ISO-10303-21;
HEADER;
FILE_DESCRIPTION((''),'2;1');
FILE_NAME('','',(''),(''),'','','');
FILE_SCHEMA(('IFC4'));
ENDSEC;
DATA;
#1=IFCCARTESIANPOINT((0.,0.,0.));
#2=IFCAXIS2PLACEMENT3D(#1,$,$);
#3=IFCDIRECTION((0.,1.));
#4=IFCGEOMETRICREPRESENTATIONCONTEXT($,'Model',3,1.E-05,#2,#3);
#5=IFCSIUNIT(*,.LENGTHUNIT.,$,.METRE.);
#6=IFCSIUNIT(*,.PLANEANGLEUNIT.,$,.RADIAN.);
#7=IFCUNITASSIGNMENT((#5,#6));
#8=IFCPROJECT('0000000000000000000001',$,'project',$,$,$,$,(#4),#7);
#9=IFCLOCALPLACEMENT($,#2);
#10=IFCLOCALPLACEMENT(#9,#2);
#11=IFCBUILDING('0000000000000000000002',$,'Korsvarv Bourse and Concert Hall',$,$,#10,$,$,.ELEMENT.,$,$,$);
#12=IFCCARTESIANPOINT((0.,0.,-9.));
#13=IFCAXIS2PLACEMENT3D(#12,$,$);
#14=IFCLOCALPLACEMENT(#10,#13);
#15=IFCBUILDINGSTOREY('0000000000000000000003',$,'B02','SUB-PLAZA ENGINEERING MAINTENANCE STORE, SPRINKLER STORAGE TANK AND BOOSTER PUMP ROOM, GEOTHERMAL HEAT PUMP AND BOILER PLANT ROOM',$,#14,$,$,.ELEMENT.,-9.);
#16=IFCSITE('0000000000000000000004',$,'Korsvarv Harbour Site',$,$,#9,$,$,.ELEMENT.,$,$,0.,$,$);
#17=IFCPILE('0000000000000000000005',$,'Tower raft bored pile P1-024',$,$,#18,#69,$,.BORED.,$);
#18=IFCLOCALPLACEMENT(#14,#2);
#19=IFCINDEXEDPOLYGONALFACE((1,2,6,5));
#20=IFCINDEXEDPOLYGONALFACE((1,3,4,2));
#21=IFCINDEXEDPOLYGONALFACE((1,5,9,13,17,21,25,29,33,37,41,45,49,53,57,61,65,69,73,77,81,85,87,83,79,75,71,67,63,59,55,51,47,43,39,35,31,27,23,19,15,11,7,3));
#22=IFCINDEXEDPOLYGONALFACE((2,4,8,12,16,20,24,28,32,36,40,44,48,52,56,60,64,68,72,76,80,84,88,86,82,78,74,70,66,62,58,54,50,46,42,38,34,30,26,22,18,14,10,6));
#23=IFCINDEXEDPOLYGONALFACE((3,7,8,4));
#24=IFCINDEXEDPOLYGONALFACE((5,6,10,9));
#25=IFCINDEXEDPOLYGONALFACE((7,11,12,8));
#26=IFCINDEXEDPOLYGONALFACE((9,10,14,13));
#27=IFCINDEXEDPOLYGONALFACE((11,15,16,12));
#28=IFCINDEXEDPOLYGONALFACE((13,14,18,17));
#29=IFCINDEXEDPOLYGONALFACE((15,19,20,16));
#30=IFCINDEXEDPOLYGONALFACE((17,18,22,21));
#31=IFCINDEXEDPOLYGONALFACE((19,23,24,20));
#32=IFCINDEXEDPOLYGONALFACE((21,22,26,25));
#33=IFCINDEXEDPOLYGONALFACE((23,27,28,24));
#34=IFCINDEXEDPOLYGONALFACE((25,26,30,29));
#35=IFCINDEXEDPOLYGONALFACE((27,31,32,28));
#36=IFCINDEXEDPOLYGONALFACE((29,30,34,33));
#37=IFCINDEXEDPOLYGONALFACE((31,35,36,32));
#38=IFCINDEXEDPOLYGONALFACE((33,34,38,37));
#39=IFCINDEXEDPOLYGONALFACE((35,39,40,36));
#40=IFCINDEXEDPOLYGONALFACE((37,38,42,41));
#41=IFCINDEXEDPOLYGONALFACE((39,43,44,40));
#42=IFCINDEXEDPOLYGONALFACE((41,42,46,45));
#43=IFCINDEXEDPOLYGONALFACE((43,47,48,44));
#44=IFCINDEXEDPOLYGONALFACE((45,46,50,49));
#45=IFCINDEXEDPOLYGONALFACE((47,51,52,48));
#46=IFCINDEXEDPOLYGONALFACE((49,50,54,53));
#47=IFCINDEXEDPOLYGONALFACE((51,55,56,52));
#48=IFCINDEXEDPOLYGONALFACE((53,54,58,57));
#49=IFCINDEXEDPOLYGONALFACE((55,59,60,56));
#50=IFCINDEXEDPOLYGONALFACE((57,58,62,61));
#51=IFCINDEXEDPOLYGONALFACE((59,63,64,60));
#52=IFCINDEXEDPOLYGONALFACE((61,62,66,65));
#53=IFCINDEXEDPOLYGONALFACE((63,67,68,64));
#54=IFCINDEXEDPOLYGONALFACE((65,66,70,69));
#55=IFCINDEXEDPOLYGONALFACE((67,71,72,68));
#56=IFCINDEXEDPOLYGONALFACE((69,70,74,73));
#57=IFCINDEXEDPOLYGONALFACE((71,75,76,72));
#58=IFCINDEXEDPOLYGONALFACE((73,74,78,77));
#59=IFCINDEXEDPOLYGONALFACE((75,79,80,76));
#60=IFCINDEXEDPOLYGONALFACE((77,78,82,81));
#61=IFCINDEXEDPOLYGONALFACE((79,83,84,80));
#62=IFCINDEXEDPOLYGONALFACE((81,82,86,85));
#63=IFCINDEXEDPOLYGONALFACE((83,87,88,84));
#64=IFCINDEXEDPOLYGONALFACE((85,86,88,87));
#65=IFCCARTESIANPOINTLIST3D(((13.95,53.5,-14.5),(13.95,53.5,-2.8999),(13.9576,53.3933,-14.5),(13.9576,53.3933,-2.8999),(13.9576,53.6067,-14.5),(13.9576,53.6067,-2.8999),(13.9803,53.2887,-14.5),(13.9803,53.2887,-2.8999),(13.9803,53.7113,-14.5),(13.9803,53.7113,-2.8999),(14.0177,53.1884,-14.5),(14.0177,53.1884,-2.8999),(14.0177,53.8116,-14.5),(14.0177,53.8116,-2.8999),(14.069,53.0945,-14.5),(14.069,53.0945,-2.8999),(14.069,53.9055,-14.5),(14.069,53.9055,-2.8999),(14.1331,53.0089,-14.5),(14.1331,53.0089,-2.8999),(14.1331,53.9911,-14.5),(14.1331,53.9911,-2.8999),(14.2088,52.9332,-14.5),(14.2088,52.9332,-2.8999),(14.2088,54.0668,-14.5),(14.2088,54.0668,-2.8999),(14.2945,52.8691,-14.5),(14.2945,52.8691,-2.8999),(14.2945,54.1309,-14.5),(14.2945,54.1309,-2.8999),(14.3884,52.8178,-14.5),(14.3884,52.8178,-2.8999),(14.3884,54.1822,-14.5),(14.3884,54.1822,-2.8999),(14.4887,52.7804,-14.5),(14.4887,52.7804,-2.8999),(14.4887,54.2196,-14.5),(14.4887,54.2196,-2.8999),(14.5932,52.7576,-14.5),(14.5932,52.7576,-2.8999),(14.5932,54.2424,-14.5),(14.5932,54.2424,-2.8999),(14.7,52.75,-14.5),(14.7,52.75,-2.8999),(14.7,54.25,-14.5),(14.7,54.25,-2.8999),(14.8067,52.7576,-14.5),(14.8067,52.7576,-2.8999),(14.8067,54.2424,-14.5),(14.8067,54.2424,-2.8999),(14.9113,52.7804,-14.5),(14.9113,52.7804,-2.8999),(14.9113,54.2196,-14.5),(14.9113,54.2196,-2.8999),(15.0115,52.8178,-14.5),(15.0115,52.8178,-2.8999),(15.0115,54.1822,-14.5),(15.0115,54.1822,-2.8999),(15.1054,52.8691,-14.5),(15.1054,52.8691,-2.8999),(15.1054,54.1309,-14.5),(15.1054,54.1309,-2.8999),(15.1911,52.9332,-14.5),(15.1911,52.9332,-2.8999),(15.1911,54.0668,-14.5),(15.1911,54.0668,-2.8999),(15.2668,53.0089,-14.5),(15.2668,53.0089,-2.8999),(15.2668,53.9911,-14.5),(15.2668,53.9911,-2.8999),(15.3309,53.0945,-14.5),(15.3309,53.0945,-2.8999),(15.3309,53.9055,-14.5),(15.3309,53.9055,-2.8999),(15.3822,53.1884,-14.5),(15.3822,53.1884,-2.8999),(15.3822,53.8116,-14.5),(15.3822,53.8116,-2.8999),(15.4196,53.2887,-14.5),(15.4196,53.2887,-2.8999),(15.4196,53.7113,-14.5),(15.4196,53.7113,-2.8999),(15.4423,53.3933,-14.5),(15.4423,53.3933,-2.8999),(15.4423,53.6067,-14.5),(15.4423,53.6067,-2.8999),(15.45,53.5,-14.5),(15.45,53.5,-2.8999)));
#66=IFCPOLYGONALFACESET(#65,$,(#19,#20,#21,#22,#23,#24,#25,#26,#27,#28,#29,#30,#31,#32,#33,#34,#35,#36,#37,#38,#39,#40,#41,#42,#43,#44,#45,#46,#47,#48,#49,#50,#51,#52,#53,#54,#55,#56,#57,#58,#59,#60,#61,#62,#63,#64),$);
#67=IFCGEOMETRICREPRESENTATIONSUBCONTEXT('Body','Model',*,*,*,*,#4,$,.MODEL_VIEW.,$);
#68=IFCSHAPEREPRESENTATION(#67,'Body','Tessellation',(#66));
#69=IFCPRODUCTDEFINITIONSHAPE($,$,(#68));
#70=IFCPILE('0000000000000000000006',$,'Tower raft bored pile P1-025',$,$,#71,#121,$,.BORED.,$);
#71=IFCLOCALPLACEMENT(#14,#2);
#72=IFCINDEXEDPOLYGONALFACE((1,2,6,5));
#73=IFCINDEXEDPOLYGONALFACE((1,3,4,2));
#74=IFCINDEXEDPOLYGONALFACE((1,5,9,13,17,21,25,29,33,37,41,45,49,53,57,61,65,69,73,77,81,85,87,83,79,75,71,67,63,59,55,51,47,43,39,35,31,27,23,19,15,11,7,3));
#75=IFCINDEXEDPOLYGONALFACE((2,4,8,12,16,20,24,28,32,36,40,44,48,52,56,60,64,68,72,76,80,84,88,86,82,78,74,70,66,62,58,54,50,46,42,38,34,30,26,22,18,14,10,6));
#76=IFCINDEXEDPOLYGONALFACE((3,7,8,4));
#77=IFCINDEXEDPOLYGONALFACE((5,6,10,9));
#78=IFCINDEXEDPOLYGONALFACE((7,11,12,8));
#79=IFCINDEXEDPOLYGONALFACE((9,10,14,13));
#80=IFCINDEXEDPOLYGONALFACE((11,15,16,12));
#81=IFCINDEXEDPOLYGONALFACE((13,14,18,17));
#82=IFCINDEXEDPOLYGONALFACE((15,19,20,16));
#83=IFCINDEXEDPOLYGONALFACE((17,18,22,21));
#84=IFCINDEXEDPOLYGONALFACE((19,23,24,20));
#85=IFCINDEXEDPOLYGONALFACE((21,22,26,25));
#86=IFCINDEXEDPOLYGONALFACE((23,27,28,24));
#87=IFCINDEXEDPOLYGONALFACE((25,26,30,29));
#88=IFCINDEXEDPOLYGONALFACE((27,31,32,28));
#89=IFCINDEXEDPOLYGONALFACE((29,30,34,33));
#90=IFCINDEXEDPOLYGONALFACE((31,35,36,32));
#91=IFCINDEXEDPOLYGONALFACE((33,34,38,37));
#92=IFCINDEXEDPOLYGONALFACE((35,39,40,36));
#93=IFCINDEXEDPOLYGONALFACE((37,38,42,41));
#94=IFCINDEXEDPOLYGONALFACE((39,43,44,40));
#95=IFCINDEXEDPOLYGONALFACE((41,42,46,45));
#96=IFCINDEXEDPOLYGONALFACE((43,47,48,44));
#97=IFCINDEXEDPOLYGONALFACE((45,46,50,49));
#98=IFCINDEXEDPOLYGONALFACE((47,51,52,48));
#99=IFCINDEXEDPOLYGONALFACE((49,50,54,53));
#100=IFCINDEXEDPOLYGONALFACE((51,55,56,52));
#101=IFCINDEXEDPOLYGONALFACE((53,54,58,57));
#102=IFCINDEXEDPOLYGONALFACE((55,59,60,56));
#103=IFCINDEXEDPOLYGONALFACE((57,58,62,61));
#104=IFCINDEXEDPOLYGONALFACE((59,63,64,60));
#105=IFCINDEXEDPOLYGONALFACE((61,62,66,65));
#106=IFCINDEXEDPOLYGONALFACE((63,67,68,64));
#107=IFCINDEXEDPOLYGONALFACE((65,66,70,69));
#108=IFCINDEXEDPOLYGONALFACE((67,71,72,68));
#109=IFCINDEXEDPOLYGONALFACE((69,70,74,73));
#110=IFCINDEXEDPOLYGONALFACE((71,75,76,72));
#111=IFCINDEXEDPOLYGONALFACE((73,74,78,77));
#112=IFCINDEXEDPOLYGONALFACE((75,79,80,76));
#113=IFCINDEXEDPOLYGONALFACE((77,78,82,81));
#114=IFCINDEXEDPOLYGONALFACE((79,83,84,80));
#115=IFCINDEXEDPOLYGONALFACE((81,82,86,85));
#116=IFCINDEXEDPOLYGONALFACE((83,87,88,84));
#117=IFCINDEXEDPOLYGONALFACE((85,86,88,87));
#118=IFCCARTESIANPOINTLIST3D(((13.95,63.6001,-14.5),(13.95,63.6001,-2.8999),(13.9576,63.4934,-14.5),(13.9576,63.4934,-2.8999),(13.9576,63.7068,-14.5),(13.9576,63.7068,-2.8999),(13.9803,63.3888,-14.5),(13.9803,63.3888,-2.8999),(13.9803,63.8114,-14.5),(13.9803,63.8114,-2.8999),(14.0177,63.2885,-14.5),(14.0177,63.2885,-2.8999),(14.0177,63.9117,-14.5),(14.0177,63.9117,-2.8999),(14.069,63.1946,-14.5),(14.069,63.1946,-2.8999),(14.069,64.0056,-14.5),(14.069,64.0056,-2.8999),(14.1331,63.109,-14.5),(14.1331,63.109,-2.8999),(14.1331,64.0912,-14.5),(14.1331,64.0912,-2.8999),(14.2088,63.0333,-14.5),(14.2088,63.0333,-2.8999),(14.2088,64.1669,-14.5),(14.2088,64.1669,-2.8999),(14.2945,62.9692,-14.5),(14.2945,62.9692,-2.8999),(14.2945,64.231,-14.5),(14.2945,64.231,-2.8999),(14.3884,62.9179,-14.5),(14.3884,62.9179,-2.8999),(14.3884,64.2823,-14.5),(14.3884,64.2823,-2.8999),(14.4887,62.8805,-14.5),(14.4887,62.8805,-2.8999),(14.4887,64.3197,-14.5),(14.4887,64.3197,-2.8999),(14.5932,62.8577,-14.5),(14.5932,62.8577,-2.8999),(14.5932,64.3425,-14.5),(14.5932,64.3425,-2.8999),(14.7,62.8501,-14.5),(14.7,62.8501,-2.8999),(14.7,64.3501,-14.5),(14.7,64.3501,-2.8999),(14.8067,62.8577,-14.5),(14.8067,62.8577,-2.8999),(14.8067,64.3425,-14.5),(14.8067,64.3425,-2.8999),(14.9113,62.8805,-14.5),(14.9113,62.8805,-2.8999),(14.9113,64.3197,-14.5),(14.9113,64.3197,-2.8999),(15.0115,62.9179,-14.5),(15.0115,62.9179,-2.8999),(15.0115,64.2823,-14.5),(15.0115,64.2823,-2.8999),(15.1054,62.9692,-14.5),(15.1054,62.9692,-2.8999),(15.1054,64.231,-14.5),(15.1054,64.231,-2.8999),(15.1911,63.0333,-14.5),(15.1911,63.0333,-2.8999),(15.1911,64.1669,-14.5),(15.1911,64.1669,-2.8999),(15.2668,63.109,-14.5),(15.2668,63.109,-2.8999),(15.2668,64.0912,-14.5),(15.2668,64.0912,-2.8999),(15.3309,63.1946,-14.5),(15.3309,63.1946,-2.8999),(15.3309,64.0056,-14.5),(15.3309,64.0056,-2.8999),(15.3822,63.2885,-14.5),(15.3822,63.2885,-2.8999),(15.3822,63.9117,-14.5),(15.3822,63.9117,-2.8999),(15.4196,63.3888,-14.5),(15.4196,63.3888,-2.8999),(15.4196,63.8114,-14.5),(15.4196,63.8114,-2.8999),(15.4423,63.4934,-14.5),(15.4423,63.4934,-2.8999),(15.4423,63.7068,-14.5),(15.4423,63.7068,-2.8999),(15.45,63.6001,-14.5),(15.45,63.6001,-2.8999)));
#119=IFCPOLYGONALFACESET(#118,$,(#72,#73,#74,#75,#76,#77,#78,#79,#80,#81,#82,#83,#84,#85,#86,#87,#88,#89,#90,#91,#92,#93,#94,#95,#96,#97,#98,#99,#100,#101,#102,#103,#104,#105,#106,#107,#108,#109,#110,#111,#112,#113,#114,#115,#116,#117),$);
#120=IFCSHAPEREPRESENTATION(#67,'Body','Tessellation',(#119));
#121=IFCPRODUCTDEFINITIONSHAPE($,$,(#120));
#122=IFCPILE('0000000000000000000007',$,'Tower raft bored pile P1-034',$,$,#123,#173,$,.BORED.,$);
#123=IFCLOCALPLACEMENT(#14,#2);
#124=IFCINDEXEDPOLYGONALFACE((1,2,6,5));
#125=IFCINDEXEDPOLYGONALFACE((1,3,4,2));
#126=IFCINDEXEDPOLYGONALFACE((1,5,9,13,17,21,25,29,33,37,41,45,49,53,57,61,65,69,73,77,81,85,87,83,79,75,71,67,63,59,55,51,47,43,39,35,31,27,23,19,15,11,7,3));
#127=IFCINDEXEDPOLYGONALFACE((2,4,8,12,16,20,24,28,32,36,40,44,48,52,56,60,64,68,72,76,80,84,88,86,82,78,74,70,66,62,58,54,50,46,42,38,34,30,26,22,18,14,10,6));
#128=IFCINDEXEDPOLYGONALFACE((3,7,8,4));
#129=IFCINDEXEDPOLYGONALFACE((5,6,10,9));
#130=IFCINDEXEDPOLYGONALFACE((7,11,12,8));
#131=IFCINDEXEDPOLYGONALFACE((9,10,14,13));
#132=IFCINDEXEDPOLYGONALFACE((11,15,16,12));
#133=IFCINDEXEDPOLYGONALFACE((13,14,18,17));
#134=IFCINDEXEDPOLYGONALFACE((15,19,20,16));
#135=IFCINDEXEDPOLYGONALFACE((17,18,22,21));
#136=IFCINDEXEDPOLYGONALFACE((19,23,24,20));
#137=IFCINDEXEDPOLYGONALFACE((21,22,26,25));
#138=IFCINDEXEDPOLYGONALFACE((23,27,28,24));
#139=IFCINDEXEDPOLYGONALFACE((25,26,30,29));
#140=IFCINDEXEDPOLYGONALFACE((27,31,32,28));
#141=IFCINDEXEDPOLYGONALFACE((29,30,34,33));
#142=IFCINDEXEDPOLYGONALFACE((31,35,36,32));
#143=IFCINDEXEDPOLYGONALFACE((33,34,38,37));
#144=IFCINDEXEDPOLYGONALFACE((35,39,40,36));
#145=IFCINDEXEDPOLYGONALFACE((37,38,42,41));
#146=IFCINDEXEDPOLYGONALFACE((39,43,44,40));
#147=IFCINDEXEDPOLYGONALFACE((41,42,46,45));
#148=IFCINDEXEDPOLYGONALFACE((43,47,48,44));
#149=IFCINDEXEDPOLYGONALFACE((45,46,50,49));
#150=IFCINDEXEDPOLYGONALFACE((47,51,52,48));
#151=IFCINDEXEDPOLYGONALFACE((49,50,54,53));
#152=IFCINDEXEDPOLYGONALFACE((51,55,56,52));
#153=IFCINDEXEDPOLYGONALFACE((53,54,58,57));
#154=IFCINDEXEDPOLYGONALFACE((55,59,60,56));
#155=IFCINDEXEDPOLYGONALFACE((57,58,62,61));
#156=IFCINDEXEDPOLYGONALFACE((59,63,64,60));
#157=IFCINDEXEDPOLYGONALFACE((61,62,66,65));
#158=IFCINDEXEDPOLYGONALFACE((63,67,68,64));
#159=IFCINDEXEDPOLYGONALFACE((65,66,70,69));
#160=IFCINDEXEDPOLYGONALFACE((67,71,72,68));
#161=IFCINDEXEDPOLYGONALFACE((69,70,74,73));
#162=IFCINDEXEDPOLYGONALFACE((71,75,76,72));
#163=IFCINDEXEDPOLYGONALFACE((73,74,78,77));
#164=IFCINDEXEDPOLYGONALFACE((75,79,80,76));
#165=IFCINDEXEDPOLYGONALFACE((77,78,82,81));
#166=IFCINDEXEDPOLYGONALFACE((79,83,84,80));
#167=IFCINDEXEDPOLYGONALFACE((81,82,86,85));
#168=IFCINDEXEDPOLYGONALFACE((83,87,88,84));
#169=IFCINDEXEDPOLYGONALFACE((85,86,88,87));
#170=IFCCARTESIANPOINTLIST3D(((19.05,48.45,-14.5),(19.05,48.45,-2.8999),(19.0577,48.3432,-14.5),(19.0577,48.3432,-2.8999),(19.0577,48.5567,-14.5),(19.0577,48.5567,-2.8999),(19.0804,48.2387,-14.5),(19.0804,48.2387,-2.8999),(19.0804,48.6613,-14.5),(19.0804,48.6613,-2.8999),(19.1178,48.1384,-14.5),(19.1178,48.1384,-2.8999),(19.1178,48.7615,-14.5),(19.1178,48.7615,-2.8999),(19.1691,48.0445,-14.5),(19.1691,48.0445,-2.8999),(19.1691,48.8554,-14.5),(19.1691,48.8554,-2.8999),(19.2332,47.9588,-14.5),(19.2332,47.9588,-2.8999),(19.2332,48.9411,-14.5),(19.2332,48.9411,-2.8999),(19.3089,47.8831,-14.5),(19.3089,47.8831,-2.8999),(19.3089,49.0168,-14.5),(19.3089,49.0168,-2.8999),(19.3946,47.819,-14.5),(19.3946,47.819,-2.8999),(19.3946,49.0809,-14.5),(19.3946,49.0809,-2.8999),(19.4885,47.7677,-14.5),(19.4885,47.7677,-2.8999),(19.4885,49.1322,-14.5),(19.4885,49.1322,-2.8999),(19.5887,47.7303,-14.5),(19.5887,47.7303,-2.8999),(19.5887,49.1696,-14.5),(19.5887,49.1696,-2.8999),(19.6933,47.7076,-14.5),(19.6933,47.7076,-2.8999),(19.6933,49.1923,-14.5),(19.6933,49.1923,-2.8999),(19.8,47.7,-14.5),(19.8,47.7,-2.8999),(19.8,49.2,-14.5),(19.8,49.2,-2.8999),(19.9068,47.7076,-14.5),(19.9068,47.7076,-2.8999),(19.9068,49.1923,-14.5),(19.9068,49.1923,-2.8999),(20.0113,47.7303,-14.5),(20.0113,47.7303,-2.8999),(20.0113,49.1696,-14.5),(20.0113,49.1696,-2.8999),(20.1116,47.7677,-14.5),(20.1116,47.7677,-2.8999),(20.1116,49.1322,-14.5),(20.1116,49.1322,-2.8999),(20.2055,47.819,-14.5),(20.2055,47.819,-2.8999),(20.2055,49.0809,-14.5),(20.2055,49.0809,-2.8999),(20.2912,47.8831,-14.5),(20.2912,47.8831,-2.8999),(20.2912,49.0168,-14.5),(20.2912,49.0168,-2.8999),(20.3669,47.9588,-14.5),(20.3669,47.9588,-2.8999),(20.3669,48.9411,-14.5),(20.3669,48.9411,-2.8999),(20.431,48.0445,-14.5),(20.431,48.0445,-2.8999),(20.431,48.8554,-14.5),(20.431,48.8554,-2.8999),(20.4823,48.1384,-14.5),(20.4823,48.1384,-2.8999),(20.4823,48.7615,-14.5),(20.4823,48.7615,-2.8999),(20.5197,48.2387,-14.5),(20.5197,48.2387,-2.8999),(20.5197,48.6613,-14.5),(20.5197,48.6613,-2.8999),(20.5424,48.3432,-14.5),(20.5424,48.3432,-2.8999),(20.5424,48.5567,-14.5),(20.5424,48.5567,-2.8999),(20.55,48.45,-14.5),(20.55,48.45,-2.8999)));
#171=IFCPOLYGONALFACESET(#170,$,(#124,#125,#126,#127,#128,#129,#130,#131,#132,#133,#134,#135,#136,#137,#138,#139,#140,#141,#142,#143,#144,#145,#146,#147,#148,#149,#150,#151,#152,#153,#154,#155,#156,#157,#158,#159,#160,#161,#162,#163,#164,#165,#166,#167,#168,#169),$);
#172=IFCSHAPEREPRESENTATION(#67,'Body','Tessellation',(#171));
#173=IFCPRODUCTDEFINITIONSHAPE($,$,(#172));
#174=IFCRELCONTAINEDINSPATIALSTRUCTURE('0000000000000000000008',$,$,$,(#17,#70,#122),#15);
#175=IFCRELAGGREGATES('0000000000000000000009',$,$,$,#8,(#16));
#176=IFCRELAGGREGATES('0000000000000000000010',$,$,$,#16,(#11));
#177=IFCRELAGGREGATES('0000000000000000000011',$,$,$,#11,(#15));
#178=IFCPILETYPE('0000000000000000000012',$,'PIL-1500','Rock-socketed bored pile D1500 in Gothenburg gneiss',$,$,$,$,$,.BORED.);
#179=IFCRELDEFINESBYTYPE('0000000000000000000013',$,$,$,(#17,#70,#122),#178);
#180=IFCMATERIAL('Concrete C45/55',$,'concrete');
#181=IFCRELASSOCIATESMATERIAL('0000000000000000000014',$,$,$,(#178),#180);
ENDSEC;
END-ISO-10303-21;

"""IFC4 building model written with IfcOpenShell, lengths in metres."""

from ifc_helpers import new_model, si_unit, direction, frame, origin, origin_2d, place, context, subcontext, project, spatial, circle, extrude, source, transform, mapped, material, material_profile, profile_set, type_object, element, save


model = new_model("IFC4")

# Units and contexts
model_context = context("Model", 3, precision=1e-05, world=origin(), true_north=direction((0.0, 1.0)))
body_context = subcontext(model_context, "Body", "Model", "MODEL_VIEW")
ifc_project = project(units=[si_unit("LENGTHUNIT", "METRE"), si_unit("PLANEANGLEUNIT", "RADIAN")], contexts=[model_context])

# Site, building, storey
site_placement = place(None, origin())
site = spatial("IfcSite", under=ifc_project, at=site_placement, Name="Korsvarv Harbour Site", CompositionType="ELEMENT", RefElevation=0.0)
building_placement = place(site_placement, origin())
building = spatial("IfcBuilding", under=site, at=building_placement, Name="Korsvarv Bourse and Concert Hall", CompositionType="ELEMENT")
storey_placement = place(building_placement, frame((0.0, 0.0, -9.0)))
storey = spatial("IfcBuildingStorey", under=building, at=storey_placement, Name="B02", Description="SUB-PLAZA ENGINEERING MAINTENANCE STORE, SPRINKLER STORAGE TANK AND BOOSTER PUMP ROOM, GEOTHERMAL HEAT PUMP AND BOILER PLANT ROOM", CompositionType="ELEMENT", Elevation=-9.0)

# Piles
ifc_material_1 = material(Name="Concrete C45/55", Category="concrete")
ifc_material_profile_1 = material_profile(ifc_material_1, circle(Radius=0.75, at=origin_2d()), Name="PILE D1500")
ifc_profile_set_1 = profile_set([ifc_material_profile_1], Name="Concrete C45/55")
pile_type = type_object("IfcPileType", Name="PIL-1500", Description="Rock-socketed bored pile D1500 in Gothenburg gneiss", PredefinedType="BORED", material=ifc_profile_set_1)
shared_shape_1 = source(origin(), body_context, "Body", "SweptSolid", [
    extrude(circle(Radius=0.75, at=origin_2d()), origin(), (0.0, 0.0, 1.0), 11.6001),
])
for number, where, z_axis, x_axis, name in (
    (1, (14.7, 53.5, -2.8999), (0.0, 0.0, -1.0), (1.0, 0.0, 0.0), "Tower raft bored pile P1-024"),
    (2, (14.7, 63.6001, -2.8999), (0.0, 0.0, -1.0), (1.0, 0.0, 0.0), "Tower raft bored pile P1-025"),
    (3, (19.8, 48.45, -2.8999), (0.0, 0.0, -1.0), (1.0, 0.0, 0.0), "Tower raft bored pile P1-034"),
):
    element("IfcPile", number, at=place(storey_placement, frame(where, z_axis=z_axis, x_axis=x_axis)), inside=storey, type_object=pile_type, Name=name, PredefinedType="BORED", context=body_context, shape_type="MappedRepresentation", body=[
        mapped(shared_shape_1, transform((0.0, 0.0, 0.0), scale=1.0)),
    ])

save(model, "model.ifc")
